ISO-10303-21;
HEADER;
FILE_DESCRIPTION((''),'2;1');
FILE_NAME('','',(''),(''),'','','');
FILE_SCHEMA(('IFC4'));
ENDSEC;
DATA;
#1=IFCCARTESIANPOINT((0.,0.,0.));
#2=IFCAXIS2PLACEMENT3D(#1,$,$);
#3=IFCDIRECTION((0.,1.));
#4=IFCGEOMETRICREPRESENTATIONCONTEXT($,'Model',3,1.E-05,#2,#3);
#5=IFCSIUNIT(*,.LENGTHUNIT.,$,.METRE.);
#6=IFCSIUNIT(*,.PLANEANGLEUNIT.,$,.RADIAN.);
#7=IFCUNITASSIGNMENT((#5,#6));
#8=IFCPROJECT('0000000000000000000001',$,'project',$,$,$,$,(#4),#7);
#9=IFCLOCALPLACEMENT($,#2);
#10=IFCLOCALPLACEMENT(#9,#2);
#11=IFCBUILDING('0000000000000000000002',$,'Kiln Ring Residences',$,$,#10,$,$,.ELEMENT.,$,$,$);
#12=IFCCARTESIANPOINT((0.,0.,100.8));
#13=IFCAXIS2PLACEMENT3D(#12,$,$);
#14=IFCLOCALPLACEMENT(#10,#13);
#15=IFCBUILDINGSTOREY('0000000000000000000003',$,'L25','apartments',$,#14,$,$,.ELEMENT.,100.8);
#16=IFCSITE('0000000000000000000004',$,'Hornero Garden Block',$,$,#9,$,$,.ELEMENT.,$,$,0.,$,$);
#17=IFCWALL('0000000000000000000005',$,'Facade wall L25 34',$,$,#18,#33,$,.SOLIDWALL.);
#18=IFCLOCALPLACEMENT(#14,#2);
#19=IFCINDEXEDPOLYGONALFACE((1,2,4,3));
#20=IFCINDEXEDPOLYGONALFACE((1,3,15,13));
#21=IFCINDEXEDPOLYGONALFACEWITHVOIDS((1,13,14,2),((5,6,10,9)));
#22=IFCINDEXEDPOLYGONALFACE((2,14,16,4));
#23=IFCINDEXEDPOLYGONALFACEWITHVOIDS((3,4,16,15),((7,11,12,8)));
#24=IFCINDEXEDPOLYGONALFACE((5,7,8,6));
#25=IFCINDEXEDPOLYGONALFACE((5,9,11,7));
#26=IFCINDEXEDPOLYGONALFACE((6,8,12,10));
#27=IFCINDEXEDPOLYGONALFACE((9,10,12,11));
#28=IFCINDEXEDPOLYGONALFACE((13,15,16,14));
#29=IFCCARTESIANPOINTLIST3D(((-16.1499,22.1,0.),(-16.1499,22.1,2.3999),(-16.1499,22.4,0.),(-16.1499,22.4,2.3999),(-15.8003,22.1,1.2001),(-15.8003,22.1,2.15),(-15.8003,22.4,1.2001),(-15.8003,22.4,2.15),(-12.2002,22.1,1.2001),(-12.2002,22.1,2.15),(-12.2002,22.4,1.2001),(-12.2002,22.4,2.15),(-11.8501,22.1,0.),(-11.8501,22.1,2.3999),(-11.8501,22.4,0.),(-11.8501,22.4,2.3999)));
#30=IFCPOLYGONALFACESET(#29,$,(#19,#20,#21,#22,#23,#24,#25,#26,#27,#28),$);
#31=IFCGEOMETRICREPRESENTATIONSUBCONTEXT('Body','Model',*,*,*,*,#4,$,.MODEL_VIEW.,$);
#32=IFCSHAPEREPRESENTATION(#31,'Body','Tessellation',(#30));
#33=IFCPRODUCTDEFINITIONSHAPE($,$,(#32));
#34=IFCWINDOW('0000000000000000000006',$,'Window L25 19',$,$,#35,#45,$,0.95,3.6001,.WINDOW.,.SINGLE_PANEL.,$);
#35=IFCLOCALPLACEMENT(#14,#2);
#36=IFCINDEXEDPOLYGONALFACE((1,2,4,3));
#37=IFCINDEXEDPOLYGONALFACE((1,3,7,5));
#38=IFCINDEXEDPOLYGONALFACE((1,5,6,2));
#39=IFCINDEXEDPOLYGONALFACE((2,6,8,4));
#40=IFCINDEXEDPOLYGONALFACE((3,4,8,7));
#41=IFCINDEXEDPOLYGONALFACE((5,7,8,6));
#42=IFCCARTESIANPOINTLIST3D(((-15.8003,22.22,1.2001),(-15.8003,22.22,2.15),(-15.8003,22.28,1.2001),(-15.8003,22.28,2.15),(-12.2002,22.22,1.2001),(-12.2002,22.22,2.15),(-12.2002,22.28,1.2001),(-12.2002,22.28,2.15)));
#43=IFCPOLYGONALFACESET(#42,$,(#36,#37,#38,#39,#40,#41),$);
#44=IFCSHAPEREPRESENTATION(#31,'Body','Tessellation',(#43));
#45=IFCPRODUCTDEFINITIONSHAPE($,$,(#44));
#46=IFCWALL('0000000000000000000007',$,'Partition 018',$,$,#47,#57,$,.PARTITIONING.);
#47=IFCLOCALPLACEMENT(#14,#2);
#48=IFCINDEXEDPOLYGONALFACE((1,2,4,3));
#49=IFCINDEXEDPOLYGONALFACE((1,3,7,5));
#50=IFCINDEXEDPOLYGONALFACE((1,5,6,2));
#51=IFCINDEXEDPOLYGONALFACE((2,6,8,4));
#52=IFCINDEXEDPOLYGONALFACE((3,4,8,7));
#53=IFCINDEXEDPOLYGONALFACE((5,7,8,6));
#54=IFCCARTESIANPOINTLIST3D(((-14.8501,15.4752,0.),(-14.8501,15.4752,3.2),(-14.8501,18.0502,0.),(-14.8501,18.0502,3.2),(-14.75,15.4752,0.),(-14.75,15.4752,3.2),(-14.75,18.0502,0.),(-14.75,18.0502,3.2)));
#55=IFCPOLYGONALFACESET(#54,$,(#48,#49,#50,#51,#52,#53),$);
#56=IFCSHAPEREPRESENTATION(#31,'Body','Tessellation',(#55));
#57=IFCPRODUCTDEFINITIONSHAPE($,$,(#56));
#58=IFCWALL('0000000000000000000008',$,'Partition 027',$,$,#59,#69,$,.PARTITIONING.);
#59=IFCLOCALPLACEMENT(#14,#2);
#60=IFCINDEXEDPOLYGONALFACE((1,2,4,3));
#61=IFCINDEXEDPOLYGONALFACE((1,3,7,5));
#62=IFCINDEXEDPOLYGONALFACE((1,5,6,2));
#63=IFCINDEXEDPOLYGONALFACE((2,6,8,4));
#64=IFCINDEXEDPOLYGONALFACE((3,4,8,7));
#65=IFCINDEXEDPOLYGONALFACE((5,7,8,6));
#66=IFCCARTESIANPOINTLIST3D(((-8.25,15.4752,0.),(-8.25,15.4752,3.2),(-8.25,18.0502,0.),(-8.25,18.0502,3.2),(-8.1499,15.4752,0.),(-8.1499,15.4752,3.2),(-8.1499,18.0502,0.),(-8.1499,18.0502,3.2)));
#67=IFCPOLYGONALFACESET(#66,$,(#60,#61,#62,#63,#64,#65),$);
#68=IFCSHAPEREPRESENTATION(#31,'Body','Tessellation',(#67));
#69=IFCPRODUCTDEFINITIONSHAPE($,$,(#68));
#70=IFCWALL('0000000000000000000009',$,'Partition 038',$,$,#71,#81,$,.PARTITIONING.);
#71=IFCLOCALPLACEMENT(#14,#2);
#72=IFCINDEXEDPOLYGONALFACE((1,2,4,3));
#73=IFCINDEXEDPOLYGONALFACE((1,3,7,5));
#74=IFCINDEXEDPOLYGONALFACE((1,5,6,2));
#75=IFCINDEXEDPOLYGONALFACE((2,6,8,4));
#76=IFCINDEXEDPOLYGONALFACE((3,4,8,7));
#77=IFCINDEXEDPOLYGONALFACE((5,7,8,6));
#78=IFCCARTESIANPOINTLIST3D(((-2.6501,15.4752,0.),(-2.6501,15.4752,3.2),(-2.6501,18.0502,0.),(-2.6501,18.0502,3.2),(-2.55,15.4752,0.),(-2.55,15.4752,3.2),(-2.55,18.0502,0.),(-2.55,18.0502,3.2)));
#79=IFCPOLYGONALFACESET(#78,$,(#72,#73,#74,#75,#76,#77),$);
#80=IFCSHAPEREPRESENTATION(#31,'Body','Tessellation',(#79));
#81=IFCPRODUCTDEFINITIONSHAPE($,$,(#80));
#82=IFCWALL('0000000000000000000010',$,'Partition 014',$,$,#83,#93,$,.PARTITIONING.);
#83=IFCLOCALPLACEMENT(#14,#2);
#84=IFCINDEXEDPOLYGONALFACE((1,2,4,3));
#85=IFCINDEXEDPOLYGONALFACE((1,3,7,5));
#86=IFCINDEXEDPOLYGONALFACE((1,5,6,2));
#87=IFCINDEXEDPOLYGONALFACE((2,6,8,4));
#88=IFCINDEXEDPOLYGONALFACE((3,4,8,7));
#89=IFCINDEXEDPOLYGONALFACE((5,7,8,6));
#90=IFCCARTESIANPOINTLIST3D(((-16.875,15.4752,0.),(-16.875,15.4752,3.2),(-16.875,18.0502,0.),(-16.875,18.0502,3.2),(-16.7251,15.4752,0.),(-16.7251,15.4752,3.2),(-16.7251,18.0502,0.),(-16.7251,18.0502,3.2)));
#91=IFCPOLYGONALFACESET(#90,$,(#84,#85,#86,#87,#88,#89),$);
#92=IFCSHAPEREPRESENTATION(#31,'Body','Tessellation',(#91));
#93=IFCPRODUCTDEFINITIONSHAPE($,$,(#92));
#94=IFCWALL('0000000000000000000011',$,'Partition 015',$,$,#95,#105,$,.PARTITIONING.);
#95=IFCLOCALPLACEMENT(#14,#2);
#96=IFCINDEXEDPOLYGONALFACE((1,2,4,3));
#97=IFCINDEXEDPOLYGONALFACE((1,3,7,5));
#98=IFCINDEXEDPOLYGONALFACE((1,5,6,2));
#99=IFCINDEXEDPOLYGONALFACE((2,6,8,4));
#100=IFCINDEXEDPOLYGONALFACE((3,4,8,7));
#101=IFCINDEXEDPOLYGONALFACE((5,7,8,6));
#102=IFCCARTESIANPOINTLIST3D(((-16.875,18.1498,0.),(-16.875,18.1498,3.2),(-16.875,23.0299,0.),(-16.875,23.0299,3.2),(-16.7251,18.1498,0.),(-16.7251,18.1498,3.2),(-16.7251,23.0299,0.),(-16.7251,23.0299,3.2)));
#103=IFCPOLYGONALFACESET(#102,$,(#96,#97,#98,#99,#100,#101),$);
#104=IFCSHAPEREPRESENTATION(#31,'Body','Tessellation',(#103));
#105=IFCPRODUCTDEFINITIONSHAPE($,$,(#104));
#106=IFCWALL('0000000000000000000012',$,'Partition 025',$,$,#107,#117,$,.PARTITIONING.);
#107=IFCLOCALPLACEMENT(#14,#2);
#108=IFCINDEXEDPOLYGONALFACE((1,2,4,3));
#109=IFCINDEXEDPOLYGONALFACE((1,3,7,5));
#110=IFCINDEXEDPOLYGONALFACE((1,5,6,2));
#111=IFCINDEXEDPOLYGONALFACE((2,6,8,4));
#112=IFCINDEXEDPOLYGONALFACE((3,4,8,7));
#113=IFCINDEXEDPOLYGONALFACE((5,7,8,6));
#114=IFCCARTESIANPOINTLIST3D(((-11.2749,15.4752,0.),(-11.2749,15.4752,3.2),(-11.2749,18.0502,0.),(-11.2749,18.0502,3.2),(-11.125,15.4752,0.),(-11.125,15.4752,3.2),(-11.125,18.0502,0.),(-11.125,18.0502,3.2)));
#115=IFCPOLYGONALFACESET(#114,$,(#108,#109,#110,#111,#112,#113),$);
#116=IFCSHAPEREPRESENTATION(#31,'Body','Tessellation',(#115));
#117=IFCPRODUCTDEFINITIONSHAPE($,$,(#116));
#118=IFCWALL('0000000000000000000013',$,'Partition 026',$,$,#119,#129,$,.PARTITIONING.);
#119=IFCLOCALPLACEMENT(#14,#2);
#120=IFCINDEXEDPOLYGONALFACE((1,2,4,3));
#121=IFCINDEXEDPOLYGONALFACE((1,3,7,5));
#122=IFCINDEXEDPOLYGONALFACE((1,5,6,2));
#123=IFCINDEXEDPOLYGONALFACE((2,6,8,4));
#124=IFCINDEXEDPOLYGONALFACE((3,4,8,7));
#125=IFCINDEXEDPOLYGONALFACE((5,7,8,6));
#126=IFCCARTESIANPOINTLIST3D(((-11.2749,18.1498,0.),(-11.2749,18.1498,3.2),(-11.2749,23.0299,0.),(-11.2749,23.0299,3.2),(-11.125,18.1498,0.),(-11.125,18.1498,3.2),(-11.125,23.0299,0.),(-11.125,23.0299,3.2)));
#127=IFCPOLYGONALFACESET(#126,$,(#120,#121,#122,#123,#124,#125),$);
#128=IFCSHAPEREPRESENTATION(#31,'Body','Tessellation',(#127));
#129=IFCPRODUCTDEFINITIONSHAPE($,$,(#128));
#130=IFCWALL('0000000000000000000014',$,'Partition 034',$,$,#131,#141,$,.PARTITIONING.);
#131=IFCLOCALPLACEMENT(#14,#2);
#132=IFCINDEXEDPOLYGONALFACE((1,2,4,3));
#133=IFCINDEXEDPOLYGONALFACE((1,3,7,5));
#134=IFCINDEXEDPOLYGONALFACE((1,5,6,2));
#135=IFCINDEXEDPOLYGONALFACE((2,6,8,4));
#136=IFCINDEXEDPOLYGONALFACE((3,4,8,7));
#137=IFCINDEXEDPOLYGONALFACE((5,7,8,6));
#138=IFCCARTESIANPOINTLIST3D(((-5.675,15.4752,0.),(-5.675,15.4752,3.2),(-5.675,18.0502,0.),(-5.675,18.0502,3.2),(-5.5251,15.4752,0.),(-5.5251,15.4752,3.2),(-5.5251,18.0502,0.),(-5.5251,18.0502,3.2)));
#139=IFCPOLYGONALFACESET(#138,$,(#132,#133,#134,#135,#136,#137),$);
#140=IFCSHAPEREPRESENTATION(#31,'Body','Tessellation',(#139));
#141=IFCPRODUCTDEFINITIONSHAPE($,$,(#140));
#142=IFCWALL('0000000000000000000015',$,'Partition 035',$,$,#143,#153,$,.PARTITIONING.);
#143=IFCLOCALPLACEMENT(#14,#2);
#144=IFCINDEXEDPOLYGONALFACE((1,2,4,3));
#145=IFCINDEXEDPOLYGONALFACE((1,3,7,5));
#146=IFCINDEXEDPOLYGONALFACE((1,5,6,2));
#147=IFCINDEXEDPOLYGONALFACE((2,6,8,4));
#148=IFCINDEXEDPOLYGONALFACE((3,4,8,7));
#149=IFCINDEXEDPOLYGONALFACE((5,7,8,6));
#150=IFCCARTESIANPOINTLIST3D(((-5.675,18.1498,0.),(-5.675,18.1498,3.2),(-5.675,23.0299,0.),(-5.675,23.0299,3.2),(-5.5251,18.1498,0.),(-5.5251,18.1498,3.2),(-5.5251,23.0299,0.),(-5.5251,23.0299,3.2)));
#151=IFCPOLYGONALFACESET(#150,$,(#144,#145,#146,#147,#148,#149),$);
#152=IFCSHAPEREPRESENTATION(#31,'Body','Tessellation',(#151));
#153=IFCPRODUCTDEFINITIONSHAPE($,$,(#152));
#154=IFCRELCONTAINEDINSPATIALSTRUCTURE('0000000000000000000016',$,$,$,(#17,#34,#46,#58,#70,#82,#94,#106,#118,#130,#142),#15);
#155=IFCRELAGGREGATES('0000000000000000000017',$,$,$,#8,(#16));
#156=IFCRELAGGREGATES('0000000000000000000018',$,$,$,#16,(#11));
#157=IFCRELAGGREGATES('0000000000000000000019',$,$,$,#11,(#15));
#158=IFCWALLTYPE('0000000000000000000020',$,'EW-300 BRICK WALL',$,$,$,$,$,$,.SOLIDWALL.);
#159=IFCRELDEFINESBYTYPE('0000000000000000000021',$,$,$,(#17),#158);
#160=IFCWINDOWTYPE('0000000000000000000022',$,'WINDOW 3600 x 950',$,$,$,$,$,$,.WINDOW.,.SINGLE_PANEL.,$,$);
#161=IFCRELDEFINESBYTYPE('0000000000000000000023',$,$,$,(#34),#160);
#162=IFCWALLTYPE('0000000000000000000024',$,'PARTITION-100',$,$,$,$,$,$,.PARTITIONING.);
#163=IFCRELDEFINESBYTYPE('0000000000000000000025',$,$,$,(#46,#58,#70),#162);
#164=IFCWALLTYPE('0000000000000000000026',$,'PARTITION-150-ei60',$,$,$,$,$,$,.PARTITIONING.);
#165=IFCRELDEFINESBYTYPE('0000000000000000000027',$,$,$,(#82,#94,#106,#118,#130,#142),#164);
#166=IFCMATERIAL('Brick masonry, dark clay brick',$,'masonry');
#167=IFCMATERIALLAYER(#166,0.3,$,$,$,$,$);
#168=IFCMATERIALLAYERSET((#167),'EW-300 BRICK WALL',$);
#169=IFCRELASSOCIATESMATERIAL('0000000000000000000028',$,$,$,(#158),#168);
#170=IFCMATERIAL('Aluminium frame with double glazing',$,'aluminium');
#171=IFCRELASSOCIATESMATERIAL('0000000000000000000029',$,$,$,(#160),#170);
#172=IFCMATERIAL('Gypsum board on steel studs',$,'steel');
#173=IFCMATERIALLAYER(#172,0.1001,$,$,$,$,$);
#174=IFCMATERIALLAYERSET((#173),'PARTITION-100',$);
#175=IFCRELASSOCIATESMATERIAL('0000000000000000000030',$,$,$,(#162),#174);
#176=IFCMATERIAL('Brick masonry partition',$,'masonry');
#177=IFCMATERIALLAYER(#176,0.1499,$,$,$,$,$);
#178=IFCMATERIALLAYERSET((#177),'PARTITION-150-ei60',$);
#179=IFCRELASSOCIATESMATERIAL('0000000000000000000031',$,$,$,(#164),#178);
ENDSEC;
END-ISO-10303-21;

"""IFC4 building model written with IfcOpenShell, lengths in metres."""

from ifc_helpers import new_model, si_unit, direction, frame, frame_2d, origin, place, context, subcontext, project, spatial, rectangle, extrude, material, layer, layer_set, type_object, element, fill, save


model = new_model("IFC4")

# Units and contexts
model_context = context("Model", 3, precision=1e-05, world=origin(), true_north=direction((0.0, 1.0)))
body_context = subcontext(model_context, "Body", "Model", "MODEL_VIEW")
ifc_project = project(units=[si_unit("LENGTHUNIT", "METRE"), si_unit("PLANEANGLEUNIT", "RADIAN")], contexts=[model_context])

# Site, building, storey
site_placement = place(None, origin())
site = spatial("IfcSite", under=ifc_project, at=site_placement, Name="Hornero Garden Block", CompositionType="ELEMENT", RefElevation=0.0)
building_placement = place(site_placement, origin())
building = spatial("IfcBuilding", under=site, at=building_placement, Name="Kiln Ring Residences", CompositionType="ELEMENT")
storey_placement = place(building_placement, frame((0.0, 0.0, 100.8)))
storey = spatial("IfcBuildingStorey", under=building, at=storey_placement, Name="L25", Description="apartments", CompositionType="ELEMENT", Elevation=100.8)

# Wall, opening, window
ifc_material_1 = material(Name="Brick masonry, dark clay brick", Category="masonry")
ifc_layer_1 = layer(ifc_material_1, 0.3)
ifc_layer_set_1 = layer_set([ifc_layer_1], Name="EW-300 BRICK WALL")
wall_type_1 = type_object("IfcWallType", Name="EW-300 BRICK WALL", PredefinedType="SOLIDWALL", material=ifc_layer_set_1)
ifc_material_2 = material(Name="Aluminium frame with double glazing", Category="aluminium")
window_type = type_object("IfcWindowType", Name="WINDOW 3600 x 950", PartitioningType="SINGLE_PANEL", PredefinedType="WINDOW", material=ifc_material_2)
wall_1_placement = place(storey_placement, frame((-11.8501, 22.25, 0.0), z_axis=(0.0, 0.0, 1.0), x_axis=(-1.0, 0.0, 0.0)))
wall_1 = element("IfcWall", 1, at=wall_1_placement, inside=storey, type_object=wall_type_1, Name="Facade wall L25 34", PredefinedType="SOLIDWALL", context=body_context, shape_type="SweptSolid", body=[
    extrude(rectangle(XDim=4.2998, YDim=0.3, at=frame_2d((2.1499, 0.0))), origin(), (0.0, 0.0, 1.0), 2.3999),
])
opening_1_placement = place(wall_1_placement, frame((0.3501, 0.0, 1.2)))
opening_1 = element("IfcOpeningElement", 2, at=opening_1_placement, cuts=wall_1, PredefinedType="OPENING", context=body_context, shape_type="SweptSolid", body=[
    extrude(rectangle(XDim=3.6001, YDim=0.95, at=frame_2d((1.8, 0.4751))), frame((0.0, 0.1599, 0.0), z_axis=(0.0, -1.0, 0.0), x_axis=(1.0, 0.0, 0.0)), (0.0, 0.0, 1.0), 0.3201),
])
window_1_placement = place(opening_1_placement, origin())
window_1 = element("IfcWindow", 3, at=window_1_placement, inside=storey, type_object=window_type, Name="Window L25 19", OverallHeight=0.95, OverallWidth=3.6001, PartitioningType="SINGLE_PANEL", PredefinedType="WINDOW", context=body_context, shape_type="SweptSolid", body=[
    extrude(rectangle(XDim=3.6001, YDim=0.95, at=frame_2d((1.8, 0.4751))), frame((0.0, 0.03, 0.0), z_axis=(0.0, -1.0, 0.0), x_axis=(1.0, 0.0, 0.0)), (0.0, 0.0, 1.0), 0.0601),
])
fill(opening_1, window_1)

# Walls
ifc_material_3 = material(Name="Gypsum board on steel studs", Category="steel")
ifc_layer_2 = layer(ifc_material_3, 0.1001)
ifc_layer_set_2 = layer_set([ifc_layer_2], Name="PARTITION-100")
wall_type_2 = type_object("IfcWallType", Name="PARTITION-100", PredefinedType="PARTITIONING", material=ifc_layer_set_2)
for number, where, z_axis, x_axis, name in (
    (4, (-14.8, 15.4751, 0.0), (0.0, 0.0, 1.0), (0.0, 1.0, 0.0), "Partition 018"),
    (5, (-8.2, 15.4751, 0.0), (0.0, 0.0, 1.0), (0.0, 1.0, 0.0), "Partition 027"),
    (6, (-2.6001, 15.4751, 0.0), (0.0, 0.0, 1.0), (0.0, 1.0, 0.0), "Partition 038"),
):
    element("IfcWall", number, at=place(storey_placement, frame(where, z_axis=z_axis, x_axis=x_axis)), inside=storey, type_object=wall_type_2, Name=name, PredefinedType="PARTITIONING", context=body_context, shape_type="SweptSolid", body=[
        extrude(rectangle(XDim=2.575, YDim=0.1001, at=frame_2d((1.2876, 0.0))), origin(), (0.0, 0.0, 1.0), 3.2),
    ])
ifc_material_4 = material(Name="Brick masonry partition", Category="masonry")
ifc_layer_3 = layer(ifc_material_4, 0.1499)
ifc_layer_set_3 = layer_set([ifc_layer_3], Name="PARTITION-150-ei60")
wall_type_3 = type_object("IfcWallType", Name="PARTITION-150-ei60", PredefinedType="PARTITIONING", material=ifc_layer_set_3)
wall_2_placement = place(storey_placement, frame((-16.8, 15.4751, 0.0), z_axis=(0.0, 0.0, 1.0), x_axis=(0.0, 1.0, 0.0)))
element("IfcWall", 7, at=wall_2_placement, inside=storey, type_object=wall_type_3, Name="Partition 014", PredefinedType="PARTITIONING", context=body_context, shape_type="SweptSolid", body=[
    extrude(rectangle(XDim=2.575, YDim=0.1499, at=frame_2d((1.2876, 0.0))), origin(), (0.0, 0.0, 1.0), 3.2),
])
wall_3_placement = place(storey_placement, frame((-16.8, 18.1499, 0.0), z_axis=(0.0, 0.0, 1.0), x_axis=(0.0, 1.0, 0.0)))
element("IfcWall", 8, at=wall_3_placement, inside=storey, type_object=wall_type_3, Name="Partition 015", PredefinedType="PARTITIONING", context=body_context, shape_type="SweptSolid", body=[
    extrude(rectangle(XDim=4.8801, YDim=0.1499, at=frame_2d((2.4399, 0.0))), origin(), (0.0, 0.0, 1.0), 3.2),
])
wall_4_placement = place(storey_placement, frame((-11.2, 15.4751, 0.0), z_axis=(0.0, 0.0, 1.0), x_axis=(0.0, 1.0, 0.0)))
element("IfcWall", 9, at=wall_4_placement, inside=storey, type_object=wall_type_3, Name="Partition 025", PredefinedType="PARTITIONING", context=body_context, shape_type="SweptSolid", body=[
    extrude(rectangle(XDim=2.575, YDim=0.1499, at=frame_2d((1.2876, 0.0))), origin(), (0.0, 0.0, 1.0), 3.2),
])
wall_5_placement = place(storey_placement, frame((-11.2, 18.1499, 0.0), z_axis=(0.0, 0.0, 1.0), x_axis=(0.0, 1.0, 0.0)))
element("IfcWall", 10, at=wall_5_placement, inside=storey, type_object=wall_type_3, Name="Partition 026", PredefinedType="PARTITIONING", context=body_context, shape_type="SweptSolid", body=[
    extrude(rectangle(XDim=4.8801, YDim=0.1499, at=frame_2d((2.4399, 0.0))), origin(), (0.0, 0.0, 1.0), 3.2),
])
wall_6_placement = place(storey_placement, frame((-5.6001, 15.4751, 0.0), z_axis=(0.0, 0.0, 1.0), x_axis=(0.0, 1.0, 0.0)))
element("IfcWall", 11, at=wall_6_placement, inside=storey, type_object=wall_type_3, Name="Partition 034", PredefinedType="PARTITIONING", context=body_context, shape_type="SweptSolid", body=[
    extrude(rectangle(XDim=2.575, YDim=0.1499, at=frame_2d((1.2876, 0.0))), origin(), (0.0, 0.0, 1.0), 3.2),
])
wall_7_placement = place(storey_placement, frame((-5.6001, 18.1499, 0.0), z_axis=(0.0, 0.0, 1.0), x_axis=(0.0, 1.0, 0.0)))
element("IfcWall", 12, at=wall_7_placement, inside=storey, type_object=wall_type_3, Name="Partition 035", PredefinedType="PARTITIONING", context=body_context, shape_type="SweptSolid", body=[
    extrude(rectangle(XDim=4.8801, YDim=0.1499, at=frame_2d((2.4399, 0.0))), origin(), (0.0, 0.0, 1.0), 3.2),
])

save(model, "model.ifc")
